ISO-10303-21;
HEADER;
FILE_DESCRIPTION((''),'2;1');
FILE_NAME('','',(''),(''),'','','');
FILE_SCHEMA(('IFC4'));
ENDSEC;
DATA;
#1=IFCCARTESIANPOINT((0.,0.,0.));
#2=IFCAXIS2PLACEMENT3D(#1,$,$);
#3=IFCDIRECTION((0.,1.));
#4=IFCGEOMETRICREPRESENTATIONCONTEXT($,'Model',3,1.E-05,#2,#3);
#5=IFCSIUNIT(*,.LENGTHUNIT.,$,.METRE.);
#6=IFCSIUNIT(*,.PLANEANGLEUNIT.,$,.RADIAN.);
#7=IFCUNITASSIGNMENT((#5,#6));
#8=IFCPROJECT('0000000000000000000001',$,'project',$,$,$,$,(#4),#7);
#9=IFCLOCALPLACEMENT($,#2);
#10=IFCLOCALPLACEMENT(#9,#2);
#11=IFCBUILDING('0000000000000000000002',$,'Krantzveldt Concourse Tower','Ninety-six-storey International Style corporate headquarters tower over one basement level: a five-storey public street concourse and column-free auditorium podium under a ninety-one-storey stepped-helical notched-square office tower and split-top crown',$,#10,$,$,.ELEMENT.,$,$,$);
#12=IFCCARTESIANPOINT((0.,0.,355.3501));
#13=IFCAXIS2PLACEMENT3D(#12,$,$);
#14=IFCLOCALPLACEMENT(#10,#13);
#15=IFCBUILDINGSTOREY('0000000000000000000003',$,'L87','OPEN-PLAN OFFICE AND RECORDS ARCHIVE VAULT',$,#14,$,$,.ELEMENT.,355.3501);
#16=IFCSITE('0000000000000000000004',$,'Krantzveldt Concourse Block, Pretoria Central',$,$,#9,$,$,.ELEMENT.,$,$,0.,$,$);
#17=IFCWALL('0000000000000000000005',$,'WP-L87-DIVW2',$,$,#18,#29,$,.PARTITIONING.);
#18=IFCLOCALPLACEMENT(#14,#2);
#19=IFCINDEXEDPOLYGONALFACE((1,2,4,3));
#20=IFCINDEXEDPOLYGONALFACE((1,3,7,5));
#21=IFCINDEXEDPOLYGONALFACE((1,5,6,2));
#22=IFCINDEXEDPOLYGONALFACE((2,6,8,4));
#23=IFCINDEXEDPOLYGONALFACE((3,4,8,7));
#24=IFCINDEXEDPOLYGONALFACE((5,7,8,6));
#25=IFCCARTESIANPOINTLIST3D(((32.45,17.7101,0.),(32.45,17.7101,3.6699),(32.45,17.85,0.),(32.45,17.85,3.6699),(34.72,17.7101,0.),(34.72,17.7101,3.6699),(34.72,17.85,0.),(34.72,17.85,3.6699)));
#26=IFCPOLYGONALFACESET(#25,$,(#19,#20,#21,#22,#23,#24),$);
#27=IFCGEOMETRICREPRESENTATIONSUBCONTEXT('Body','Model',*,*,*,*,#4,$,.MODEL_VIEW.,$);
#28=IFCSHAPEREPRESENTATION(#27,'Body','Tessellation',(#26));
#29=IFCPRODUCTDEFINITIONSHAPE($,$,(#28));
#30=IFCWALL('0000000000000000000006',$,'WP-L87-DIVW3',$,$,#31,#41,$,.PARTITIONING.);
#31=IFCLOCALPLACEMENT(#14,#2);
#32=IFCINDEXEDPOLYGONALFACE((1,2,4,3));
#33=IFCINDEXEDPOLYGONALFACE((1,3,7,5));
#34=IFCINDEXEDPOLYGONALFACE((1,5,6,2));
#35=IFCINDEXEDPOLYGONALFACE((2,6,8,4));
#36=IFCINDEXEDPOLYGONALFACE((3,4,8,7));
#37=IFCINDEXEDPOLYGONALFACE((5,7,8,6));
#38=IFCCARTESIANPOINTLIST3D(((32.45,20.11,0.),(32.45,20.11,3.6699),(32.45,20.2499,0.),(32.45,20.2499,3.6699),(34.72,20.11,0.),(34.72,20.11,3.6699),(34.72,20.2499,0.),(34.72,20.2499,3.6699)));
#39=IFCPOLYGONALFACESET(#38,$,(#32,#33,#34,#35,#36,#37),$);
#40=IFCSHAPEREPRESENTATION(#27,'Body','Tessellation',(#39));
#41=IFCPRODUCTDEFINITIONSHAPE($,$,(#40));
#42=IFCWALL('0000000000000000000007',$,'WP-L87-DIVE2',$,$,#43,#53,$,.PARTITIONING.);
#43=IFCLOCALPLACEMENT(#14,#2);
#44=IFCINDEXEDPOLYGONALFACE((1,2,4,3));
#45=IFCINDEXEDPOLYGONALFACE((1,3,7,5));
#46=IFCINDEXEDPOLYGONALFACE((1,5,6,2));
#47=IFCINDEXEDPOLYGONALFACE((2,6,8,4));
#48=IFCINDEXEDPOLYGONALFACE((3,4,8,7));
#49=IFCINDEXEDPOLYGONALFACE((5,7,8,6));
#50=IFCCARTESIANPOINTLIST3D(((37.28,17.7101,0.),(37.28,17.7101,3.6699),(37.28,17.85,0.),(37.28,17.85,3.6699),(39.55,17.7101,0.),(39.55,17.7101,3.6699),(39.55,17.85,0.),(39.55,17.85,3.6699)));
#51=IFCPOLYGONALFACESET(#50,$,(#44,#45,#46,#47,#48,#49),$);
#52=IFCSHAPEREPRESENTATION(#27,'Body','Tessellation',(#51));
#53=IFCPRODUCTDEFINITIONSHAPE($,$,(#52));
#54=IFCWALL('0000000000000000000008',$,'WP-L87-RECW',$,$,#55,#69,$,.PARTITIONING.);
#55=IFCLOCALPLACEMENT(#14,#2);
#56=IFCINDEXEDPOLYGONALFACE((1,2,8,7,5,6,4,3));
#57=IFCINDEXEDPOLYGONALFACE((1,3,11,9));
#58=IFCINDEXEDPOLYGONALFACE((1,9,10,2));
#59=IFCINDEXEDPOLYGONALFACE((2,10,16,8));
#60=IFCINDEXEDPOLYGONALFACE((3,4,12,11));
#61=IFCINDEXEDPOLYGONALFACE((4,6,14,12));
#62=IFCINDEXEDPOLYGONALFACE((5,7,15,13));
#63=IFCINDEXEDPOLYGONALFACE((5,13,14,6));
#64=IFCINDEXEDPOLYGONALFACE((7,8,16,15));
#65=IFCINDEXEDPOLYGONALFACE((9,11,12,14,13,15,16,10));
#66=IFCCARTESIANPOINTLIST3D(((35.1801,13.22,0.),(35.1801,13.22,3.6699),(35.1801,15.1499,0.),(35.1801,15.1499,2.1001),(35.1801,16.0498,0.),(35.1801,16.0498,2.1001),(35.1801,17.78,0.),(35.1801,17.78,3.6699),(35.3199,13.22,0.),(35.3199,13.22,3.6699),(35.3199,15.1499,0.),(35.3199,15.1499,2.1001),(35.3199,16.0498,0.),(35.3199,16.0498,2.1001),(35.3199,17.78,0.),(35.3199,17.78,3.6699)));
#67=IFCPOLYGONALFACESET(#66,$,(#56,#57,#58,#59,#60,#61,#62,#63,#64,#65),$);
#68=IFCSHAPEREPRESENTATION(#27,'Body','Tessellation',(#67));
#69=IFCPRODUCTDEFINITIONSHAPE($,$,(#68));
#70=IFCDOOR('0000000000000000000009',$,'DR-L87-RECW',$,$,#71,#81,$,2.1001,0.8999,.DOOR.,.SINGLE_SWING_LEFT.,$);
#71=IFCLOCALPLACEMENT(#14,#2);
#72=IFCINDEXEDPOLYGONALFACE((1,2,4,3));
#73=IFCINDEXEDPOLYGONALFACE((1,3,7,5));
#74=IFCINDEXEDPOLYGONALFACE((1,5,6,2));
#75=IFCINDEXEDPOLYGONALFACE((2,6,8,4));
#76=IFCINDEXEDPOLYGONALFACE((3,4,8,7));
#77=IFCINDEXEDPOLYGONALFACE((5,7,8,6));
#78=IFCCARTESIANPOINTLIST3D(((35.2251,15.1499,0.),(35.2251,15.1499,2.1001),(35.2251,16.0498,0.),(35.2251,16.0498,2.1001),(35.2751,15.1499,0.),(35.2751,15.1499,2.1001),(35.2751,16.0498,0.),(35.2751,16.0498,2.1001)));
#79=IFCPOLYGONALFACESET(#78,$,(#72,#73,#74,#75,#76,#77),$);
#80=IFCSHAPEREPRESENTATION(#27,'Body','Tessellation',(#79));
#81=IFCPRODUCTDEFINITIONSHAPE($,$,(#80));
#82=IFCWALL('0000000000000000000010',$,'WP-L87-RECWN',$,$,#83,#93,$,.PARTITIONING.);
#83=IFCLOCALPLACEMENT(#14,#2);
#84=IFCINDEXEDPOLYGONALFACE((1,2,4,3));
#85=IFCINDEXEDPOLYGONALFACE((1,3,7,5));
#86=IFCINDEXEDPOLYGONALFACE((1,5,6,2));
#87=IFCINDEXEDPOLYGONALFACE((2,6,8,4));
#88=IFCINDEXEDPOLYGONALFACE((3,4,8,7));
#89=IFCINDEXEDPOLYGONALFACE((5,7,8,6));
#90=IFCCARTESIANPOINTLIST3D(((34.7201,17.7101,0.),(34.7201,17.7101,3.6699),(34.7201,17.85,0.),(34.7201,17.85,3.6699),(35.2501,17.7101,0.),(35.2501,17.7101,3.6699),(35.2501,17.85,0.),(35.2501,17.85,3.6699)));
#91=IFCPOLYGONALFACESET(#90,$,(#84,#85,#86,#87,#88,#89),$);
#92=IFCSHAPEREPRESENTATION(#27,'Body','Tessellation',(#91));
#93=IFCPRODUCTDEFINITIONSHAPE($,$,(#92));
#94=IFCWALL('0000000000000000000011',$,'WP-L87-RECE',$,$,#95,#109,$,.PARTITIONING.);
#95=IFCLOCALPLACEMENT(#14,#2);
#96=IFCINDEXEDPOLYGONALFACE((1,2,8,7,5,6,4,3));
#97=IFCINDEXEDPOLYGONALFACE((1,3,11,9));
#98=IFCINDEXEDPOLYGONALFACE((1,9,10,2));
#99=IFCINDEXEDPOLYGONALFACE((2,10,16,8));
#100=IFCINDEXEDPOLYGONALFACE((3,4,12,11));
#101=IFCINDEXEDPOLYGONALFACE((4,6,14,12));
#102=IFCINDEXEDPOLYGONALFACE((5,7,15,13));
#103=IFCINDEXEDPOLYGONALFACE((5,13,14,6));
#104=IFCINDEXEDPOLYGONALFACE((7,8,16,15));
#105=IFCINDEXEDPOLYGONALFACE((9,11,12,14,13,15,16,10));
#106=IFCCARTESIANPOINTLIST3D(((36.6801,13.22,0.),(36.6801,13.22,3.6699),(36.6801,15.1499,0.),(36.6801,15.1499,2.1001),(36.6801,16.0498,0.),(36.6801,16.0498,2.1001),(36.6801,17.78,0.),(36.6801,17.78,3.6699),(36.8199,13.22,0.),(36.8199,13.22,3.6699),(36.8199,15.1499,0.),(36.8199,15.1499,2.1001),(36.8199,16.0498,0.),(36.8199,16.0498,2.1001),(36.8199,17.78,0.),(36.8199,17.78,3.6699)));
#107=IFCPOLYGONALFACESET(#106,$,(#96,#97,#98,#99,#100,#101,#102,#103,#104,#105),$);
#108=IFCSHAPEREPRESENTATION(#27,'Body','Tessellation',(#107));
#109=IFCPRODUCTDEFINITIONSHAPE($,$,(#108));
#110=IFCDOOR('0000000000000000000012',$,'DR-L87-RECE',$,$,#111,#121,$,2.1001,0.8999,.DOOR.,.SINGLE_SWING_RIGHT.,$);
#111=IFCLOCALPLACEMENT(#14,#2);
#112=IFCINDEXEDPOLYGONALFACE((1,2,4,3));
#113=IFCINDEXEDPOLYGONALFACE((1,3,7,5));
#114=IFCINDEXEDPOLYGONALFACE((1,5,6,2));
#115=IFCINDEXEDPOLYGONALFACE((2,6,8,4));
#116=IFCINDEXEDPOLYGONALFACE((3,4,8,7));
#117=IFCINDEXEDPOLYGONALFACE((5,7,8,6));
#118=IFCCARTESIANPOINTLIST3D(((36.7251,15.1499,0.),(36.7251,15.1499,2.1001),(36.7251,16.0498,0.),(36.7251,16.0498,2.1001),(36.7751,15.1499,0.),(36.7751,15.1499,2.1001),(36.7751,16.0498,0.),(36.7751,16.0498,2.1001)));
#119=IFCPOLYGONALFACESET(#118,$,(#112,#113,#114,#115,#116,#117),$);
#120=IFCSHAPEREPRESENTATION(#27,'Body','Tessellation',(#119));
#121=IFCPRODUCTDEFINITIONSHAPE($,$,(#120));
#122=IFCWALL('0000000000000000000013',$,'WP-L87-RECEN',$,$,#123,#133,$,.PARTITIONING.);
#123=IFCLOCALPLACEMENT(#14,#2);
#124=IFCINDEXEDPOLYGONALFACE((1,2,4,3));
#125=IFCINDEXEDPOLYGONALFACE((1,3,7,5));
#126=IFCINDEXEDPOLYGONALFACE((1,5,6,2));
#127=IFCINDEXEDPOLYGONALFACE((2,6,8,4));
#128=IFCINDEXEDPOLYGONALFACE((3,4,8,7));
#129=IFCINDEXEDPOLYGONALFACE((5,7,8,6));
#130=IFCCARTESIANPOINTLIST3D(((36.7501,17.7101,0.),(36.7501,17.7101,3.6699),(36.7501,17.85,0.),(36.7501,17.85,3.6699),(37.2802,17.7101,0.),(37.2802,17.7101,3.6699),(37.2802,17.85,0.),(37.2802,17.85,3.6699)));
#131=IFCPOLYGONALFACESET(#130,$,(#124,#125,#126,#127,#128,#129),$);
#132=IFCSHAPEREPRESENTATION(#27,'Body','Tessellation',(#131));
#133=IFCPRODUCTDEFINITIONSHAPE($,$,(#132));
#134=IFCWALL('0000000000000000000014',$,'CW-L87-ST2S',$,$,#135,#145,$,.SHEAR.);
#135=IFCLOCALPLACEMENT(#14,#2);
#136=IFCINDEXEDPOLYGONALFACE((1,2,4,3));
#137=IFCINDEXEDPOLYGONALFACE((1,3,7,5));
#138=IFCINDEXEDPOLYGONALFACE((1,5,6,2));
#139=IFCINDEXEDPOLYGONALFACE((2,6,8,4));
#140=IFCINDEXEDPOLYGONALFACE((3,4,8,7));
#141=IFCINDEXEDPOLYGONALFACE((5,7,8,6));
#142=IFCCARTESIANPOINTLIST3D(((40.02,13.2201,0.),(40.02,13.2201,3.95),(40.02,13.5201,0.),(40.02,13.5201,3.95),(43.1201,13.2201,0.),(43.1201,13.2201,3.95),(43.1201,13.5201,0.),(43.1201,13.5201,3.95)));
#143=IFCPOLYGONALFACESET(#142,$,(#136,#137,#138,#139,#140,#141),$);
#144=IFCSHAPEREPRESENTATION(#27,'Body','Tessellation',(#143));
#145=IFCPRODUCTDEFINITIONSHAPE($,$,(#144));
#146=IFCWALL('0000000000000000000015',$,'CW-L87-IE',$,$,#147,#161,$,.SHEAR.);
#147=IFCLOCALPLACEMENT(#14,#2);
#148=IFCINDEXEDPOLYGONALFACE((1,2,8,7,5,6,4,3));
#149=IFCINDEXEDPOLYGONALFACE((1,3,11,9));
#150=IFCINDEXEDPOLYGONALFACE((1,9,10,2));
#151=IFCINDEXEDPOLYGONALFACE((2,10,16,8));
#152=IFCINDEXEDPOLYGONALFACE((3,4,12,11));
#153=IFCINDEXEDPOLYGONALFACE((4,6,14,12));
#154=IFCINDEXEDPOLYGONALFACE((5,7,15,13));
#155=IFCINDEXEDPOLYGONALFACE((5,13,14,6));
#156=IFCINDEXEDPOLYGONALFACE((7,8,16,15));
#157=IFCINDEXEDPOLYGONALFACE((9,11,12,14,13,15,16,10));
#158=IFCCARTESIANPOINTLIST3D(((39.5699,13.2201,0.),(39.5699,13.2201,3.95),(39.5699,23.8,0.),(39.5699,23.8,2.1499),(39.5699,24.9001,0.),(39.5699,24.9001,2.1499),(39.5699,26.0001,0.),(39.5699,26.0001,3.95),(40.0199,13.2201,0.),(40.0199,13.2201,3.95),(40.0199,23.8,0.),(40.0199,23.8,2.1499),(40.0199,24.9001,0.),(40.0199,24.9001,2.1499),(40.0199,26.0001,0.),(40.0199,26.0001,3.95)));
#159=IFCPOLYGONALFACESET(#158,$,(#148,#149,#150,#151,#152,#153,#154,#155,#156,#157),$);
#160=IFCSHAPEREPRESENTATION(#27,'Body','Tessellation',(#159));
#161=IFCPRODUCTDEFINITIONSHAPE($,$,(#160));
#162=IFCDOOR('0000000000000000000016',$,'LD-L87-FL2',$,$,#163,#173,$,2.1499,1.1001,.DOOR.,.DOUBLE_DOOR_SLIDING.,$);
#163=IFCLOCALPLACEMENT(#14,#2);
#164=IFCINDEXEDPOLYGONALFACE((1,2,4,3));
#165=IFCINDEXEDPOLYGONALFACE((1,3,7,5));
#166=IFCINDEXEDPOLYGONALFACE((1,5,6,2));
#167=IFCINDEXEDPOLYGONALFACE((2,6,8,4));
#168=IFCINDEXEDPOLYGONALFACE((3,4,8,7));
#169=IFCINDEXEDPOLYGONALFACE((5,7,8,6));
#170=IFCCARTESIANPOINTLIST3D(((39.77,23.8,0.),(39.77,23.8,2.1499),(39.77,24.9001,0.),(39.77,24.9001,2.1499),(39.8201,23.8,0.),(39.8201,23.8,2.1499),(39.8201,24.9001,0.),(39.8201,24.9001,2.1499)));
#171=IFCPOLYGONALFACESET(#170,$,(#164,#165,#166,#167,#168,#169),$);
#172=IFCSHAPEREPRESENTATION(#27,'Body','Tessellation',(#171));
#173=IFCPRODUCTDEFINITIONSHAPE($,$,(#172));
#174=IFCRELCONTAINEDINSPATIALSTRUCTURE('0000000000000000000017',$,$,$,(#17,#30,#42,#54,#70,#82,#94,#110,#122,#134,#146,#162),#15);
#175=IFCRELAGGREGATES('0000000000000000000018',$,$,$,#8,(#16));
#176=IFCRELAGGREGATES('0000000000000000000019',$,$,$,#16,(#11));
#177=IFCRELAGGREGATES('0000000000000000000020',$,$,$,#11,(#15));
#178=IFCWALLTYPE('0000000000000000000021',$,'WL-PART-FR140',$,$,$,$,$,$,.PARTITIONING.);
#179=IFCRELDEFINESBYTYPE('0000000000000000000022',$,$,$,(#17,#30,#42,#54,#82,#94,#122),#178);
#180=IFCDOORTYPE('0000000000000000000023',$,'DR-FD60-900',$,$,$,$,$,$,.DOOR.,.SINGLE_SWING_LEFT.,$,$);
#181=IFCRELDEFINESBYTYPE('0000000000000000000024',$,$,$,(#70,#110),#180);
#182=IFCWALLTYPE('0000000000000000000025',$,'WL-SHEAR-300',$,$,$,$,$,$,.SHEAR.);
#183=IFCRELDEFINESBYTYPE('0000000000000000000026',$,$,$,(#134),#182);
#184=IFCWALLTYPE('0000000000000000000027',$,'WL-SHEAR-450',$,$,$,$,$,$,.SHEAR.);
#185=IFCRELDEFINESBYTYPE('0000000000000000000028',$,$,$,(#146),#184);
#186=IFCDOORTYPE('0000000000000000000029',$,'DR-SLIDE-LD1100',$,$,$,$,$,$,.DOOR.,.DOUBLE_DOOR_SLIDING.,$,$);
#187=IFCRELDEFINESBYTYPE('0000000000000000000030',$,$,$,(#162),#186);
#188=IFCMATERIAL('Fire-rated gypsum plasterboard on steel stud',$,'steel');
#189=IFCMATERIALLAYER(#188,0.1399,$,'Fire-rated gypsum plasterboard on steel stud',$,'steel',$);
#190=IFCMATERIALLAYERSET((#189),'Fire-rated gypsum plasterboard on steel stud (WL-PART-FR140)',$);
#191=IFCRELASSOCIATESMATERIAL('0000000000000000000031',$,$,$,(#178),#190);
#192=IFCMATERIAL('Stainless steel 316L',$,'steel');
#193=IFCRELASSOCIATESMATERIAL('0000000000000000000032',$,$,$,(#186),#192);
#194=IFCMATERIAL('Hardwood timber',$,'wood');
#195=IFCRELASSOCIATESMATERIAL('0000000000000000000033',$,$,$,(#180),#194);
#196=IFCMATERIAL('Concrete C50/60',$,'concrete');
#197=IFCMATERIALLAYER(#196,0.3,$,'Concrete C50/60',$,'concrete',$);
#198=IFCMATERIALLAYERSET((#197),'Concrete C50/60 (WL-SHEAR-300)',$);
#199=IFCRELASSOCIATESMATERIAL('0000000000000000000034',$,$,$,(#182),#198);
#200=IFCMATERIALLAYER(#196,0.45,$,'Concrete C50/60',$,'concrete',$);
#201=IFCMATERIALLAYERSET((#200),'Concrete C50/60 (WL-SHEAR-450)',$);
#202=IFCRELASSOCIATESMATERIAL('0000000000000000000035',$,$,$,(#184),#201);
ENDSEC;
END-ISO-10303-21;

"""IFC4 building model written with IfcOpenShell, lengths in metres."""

from ifc_helpers import new_model, si_unit, direction, frame, frame_2d, origin, place, context, subcontext, project, spatial, rectangle, extrude, material, layer, layer_set, type_object, element, fill, save


model = new_model("IFC4")

# Units and contexts
model_context = context("Model", 3, precision=1e-05, world=origin(), true_north=direction((0.0, 1.0)))
body_context = subcontext(model_context, "Body", "Model", "MODEL_VIEW")
ifc_project = project(units=[si_unit("LENGTHUNIT", "METRE"), si_unit("PLANEANGLEUNIT", "RADIAN")], contexts=[model_context])

# Site, building, storey
site_placement = place(None, origin())
site = spatial("IfcSite", under=ifc_project, at=site_placement, Name="Krantzveldt Concourse Block, Pretoria Central", CompositionType="ELEMENT", RefElevation=0.0)
building_placement = place(site_placement, origin())
building = spatial("IfcBuilding", under=site, at=building_placement, Name="Krantzveldt Concourse Tower", Description="Ninety-six-storey International Style corporate headquarters tower over one basement level: a five-storey public street concourse and column-free auditorium podium under a ninety-one-storey stepped-helical notched-square office tower and split-top crown", CompositionType="ELEMENT")
storey_placement = place(building_placement, frame((0.0, 0.0, 355.3501)))
storey = spatial("IfcBuildingStorey", under=building, at=storey_placement, Name="L87", Description="OPEN-PLAN OFFICE AND RECORDS ARCHIVE VAULT", CompositionType="ELEMENT", Elevation=355.3501)

# Shared definitions
ifc_material_1 = material(Name="Fire-rated gypsum plasterboard on steel stud", Category="steel")
ifc_material_2 = material(Name="Hardwood timber", Category="wood")

# Shared definitions
ifc_layer_1 = layer(ifc_material_1, 0.1399, Name="Fire-rated gypsum plasterboard on steel stud", Category="steel")
ifc_layer_set_1 = layer_set([ifc_layer_1], Name="Fire-rated gypsum plasterboard on steel stud (WL-PART-FR140)")
wall_type_1 = type_object("IfcWallType", Name="WL-PART-FR140", PredefinedType="PARTITIONING", material=ifc_layer_set_1)
ifc_material_3 = material(Name="Stainless steel 316L", Category="steel")
door_type_1 = type_object("IfcDoorType", Name="DR-SLIDE-LD1100", OperationType="DOUBLE_DOOR_SLIDING", PredefinedType="DOOR", material=ifc_material_3)

# Walls
for number, where, z_axis, x_axis, name in (
    (1, (32.45, 17.78, 0.0), (0.0, 0.0, 1.0), (1.0, 0.0, 0.0), "WP-L87-DIVW2"),
    (2, (32.45, 20.1799, 0.0), (0.0, 0.0, 1.0), (1.0, 0.0, 0.0), "WP-L87-DIVW3"),
    (3, (37.28, 17.78, 0.0), (0.0, 0.0, 1.0), (1.0, 0.0, 0.0), "WP-L87-DIVE2"),
):
    element("IfcWall", number, at=place(storey_placement, frame(where, z_axis=z_axis, x_axis=x_axis)), inside=storey, type_object=wall_type_1, Name=name, PredefinedType="PARTITIONING", context=body_context, shape_type="SweptSolid", body=[
        extrude(rectangle(XDim=2.27, YDim=0.1399, at=frame_2d((1.135, 0.0))), origin(), (0.0, 0.0, 1.0), 3.6699),
    ])

# Wall, opening, door
wall_1_placement = place(storey_placement, frame((35.25, 13.22, 0.0), z_axis=(0.0, 0.0, 1.0), x_axis=(0.0, 1.0, 0.0)))
wall_1 = element("IfcWall", 4, at=wall_1_placement, inside=storey, type_object=wall_type_1, Name="WP-L87-RECW", PredefinedType="PARTITIONING", context=body_context, shape_type="SweptSolid", body=[
    extrude(rectangle(XDim=4.5601, YDim=0.1399, at=frame_2d((2.28, 0.0))), origin(), (0.0, 0.0, 1.0), 3.6699),
])
opening_1_placement = place(wall_1_placement, frame((1.9299, 0.0, 0.0)))
opening_1 = element("IfcOpeningElement", 5, at=opening_1_placement, cuts=wall_1, PredefinedType="OPENING", context=body_context, shape_type="SweptSolid", body=[
    extrude(rectangle(XDim=0.8999, YDim=2.1001, at=frame_2d((0.45, 1.05))), frame((0.0, 0.0801, 0.0), z_axis=(0.0, -1.0, 0.0), x_axis=(1.0, 0.0, 0.0)), (0.0, 0.0, 1.0), 0.1599),
])
door_type_2 = type_object("IfcDoorType", Name="DR-FD60-900", OperationType="SINGLE_SWING_LEFT", PredefinedType="DOOR", material=ifc_material_2)
door_1_placement = place(opening_1_placement, origin())
door_1 = element("IfcDoor", 6, at=door_1_placement, inside=storey, type_object=door_type_2, Name="DR-L87-RECW", OperationType="SINGLE_SWING_LEFT", OverallHeight=2.1001, OverallWidth=0.8999, PredefinedType="DOOR", context=body_context, shape_type="SweptSolid", body=[
    extrude(rectangle(XDim=0.8999, YDim=2.1001, at=frame_2d((0.45, 1.05))), frame((0.0, 0.0249, 0.0), z_axis=(0.0, -1.0, 0.0), x_axis=(1.0, 0.0, 0.0)), (0.0, 0.0, 1.0), 0.05),
])
fill(opening_1, door_1)

# Wall
wall_2_placement = place(storey_placement, frame((34.72, 17.78, 0.0), z_axis=(0.0, 0.0, 1.0), x_axis=(1.0, 0.0, 0.0)))
element("IfcWall", 7, at=wall_2_placement, inside=storey, type_object=wall_type_1, Name="WP-L87-RECWN", PredefinedType="PARTITIONING", context=body_context, shape_type="SweptSolid", body=[
    extrude(rectangle(XDim=0.53, YDim=0.1399, at=frame_2d((0.2651, 0.0))), origin(), (0.0, 0.0, 1.0), 3.6699),
])

# Wall, opening, door
wall_3_placement = place(storey_placement, frame((36.75, 13.22, 0.0), z_axis=(0.0, 0.0, 1.0), x_axis=(0.0, 1.0, 0.0)))
wall_3 = element("IfcWall", 8, at=wall_3_placement, inside=storey, type_object=wall_type_1, Name="WP-L87-RECE", PredefinedType="PARTITIONING", context=body_context, shape_type="SweptSolid", body=[
    extrude(rectangle(XDim=4.5601, YDim=0.1399, at=frame_2d((2.28, 0.0))), origin(), (0.0, 0.0, 1.0), 3.6699),
])
opening_2_placement = place(wall_3_placement, frame((1.9299, 0.0, 0.0)))
opening_2 = element("IfcOpeningElement", 9, at=opening_2_placement, cuts=wall_3, PredefinedType="OPENING", context=body_context, shape_type="SweptSolid", body=[
    extrude(rectangle(XDim=0.8999, YDim=2.1001, at=frame_2d((0.45, 1.05))), frame((0.0, 0.0801, 0.0), z_axis=(0.0, -1.0, 0.0), x_axis=(1.0, 0.0, 0.0)), (0.0, 0.0, 1.0), 0.1599),
])
door_2_placement = place(opening_2_placement, origin())
door_2 = element("IfcDoor", 10, at=door_2_placement, inside=storey, type_object=door_type_2, Name="DR-L87-RECE", OperationType="SINGLE_SWING_RIGHT", OverallHeight=2.1001, OverallWidth=0.8999, PredefinedType="DOOR", context=body_context, shape_type="SweptSolid", body=[
    extrude(rectangle(XDim=0.8999, YDim=2.1001, at=frame_2d((0.45, 1.05))), frame((0.0, 0.0249, 0.0), z_axis=(0.0, -1.0, 0.0), x_axis=(1.0, 0.0, 0.0)), (0.0, 0.0, 1.0), 0.05),
])
fill(opening_2, door_2)

# Walls
wall_4_placement = place(storey_placement, frame((36.75, 17.78, 0.0), z_axis=(0.0, 0.0, 1.0), x_axis=(1.0, 0.0, 0.0)))
element("IfcWall", 11, at=wall_4_placement, inside=storey, type_object=wall_type_1, Name="WP-L87-RECEN", PredefinedType="PARTITIONING", context=body_context, shape_type="SweptSolid", body=[
    extrude(rectangle(XDim=0.53, YDim=0.1399, at=frame_2d((0.2651, 0.0))), origin(), (0.0, 0.0, 1.0), 3.6699),
])
ifc_material_4 = material(Name="Concrete C50/60", Category="concrete")
ifc_layer_2 = layer(ifc_material_4, 0.3, Name="Concrete C50/60", Category="concrete")
ifc_layer_set_2 = layer_set([ifc_layer_2], Name="Concrete C50/60 (WL-SHEAR-300)")
wall_type_2 = type_object("IfcWallType", Name="WL-SHEAR-300", PredefinedType="SHEAR", material=ifc_layer_set_2)
wall_5_placement = place(storey_placement, frame((40.02, 13.3701, 0.0), z_axis=(0.0, 0.0, 1.0), x_axis=(1.0, 0.0, 0.0)))
element("IfcWall", 12, at=wall_5_placement, inside=storey, type_object=wall_type_2, Name="CW-L87-ST2S", PredefinedType="SHEAR", context=body_context, shape_type="SweptSolid", body=[
    extrude(rectangle(XDim=3.1001, YDim=0.3, at=frame_2d((1.55, 0.0))), origin(), (0.0, 0.0, 1.0), 3.95),
])

# Wall, opening, door
ifc_layer_3 = layer(ifc_material_4, 0.45, Name="Concrete C50/60", Category="concrete")
ifc_layer_set_3 = layer_set([ifc_layer_3], Name="Concrete C50/60 (WL-SHEAR-450)")
wall_type_3 = type_object("IfcWallType", Name="WL-SHEAR-450", PredefinedType="SHEAR", material=ifc_layer_set_3)
wall_6_placement = place(storey_placement, frame((39.7949, 13.22, 0.0), z_axis=(0.0, 0.0, 1.0), x_axis=(0.0, 1.0, 0.0)))
wall_6 = element("IfcWall", 13, at=wall_6_placement, inside=storey, type_object=wall_type_3, Name="CW-L87-IE", PredefinedType="SHEAR", context=body_context, shape_type="SweptSolid", body=[
    extrude(rectangle(XDim=12.78, YDim=0.45, at=frame_2d((6.3901, 0.0))), origin(), (0.0, 0.0, 1.0), 3.95),
])
opening_3_placement = place(wall_6_placement, frame((10.5801, 0.0, 0.0)))
opening_3 = element("IfcOpeningElement", 14, at=opening_3_placement, cuts=wall_6, PredefinedType="OPENING", context=body_context, shape_type="SweptSolid", body=[
    extrude(rectangle(XDim=1.1001, YDim=2.1499, at=frame_2d((0.55, 1.075))), frame((0.0, 0.2349, 0.0), z_axis=(0.0, -1.0, 0.0), x_axis=(1.0, 0.0, 0.0)), (0.0, 0.0, 1.0), 0.47),
])
door_3_placement = place(opening_3_placement, origin())
door_3 = element("IfcDoor", 15, at=door_3_placement, inside=storey, type_object=door_type_1, Name="LD-L87-FL2", OperationType="DOUBLE_DOOR_SLIDING", OverallHeight=2.1499, OverallWidth=1.1001, PredefinedType="DOOR", context=body_context, shape_type="SweptSolid", body=[
    extrude(rectangle(XDim=1.1001, YDim=2.1499, at=frame_2d((0.55, 1.075))), frame((0.0, 0.0249, 0.0), z_axis=(0.0, -1.0, 0.0), x_axis=(1.0, 0.0, 0.0)), (0.0, 0.0, 1.0), 0.05),
])
fill(opening_3, door_3)

save(model, "model.ifc")
